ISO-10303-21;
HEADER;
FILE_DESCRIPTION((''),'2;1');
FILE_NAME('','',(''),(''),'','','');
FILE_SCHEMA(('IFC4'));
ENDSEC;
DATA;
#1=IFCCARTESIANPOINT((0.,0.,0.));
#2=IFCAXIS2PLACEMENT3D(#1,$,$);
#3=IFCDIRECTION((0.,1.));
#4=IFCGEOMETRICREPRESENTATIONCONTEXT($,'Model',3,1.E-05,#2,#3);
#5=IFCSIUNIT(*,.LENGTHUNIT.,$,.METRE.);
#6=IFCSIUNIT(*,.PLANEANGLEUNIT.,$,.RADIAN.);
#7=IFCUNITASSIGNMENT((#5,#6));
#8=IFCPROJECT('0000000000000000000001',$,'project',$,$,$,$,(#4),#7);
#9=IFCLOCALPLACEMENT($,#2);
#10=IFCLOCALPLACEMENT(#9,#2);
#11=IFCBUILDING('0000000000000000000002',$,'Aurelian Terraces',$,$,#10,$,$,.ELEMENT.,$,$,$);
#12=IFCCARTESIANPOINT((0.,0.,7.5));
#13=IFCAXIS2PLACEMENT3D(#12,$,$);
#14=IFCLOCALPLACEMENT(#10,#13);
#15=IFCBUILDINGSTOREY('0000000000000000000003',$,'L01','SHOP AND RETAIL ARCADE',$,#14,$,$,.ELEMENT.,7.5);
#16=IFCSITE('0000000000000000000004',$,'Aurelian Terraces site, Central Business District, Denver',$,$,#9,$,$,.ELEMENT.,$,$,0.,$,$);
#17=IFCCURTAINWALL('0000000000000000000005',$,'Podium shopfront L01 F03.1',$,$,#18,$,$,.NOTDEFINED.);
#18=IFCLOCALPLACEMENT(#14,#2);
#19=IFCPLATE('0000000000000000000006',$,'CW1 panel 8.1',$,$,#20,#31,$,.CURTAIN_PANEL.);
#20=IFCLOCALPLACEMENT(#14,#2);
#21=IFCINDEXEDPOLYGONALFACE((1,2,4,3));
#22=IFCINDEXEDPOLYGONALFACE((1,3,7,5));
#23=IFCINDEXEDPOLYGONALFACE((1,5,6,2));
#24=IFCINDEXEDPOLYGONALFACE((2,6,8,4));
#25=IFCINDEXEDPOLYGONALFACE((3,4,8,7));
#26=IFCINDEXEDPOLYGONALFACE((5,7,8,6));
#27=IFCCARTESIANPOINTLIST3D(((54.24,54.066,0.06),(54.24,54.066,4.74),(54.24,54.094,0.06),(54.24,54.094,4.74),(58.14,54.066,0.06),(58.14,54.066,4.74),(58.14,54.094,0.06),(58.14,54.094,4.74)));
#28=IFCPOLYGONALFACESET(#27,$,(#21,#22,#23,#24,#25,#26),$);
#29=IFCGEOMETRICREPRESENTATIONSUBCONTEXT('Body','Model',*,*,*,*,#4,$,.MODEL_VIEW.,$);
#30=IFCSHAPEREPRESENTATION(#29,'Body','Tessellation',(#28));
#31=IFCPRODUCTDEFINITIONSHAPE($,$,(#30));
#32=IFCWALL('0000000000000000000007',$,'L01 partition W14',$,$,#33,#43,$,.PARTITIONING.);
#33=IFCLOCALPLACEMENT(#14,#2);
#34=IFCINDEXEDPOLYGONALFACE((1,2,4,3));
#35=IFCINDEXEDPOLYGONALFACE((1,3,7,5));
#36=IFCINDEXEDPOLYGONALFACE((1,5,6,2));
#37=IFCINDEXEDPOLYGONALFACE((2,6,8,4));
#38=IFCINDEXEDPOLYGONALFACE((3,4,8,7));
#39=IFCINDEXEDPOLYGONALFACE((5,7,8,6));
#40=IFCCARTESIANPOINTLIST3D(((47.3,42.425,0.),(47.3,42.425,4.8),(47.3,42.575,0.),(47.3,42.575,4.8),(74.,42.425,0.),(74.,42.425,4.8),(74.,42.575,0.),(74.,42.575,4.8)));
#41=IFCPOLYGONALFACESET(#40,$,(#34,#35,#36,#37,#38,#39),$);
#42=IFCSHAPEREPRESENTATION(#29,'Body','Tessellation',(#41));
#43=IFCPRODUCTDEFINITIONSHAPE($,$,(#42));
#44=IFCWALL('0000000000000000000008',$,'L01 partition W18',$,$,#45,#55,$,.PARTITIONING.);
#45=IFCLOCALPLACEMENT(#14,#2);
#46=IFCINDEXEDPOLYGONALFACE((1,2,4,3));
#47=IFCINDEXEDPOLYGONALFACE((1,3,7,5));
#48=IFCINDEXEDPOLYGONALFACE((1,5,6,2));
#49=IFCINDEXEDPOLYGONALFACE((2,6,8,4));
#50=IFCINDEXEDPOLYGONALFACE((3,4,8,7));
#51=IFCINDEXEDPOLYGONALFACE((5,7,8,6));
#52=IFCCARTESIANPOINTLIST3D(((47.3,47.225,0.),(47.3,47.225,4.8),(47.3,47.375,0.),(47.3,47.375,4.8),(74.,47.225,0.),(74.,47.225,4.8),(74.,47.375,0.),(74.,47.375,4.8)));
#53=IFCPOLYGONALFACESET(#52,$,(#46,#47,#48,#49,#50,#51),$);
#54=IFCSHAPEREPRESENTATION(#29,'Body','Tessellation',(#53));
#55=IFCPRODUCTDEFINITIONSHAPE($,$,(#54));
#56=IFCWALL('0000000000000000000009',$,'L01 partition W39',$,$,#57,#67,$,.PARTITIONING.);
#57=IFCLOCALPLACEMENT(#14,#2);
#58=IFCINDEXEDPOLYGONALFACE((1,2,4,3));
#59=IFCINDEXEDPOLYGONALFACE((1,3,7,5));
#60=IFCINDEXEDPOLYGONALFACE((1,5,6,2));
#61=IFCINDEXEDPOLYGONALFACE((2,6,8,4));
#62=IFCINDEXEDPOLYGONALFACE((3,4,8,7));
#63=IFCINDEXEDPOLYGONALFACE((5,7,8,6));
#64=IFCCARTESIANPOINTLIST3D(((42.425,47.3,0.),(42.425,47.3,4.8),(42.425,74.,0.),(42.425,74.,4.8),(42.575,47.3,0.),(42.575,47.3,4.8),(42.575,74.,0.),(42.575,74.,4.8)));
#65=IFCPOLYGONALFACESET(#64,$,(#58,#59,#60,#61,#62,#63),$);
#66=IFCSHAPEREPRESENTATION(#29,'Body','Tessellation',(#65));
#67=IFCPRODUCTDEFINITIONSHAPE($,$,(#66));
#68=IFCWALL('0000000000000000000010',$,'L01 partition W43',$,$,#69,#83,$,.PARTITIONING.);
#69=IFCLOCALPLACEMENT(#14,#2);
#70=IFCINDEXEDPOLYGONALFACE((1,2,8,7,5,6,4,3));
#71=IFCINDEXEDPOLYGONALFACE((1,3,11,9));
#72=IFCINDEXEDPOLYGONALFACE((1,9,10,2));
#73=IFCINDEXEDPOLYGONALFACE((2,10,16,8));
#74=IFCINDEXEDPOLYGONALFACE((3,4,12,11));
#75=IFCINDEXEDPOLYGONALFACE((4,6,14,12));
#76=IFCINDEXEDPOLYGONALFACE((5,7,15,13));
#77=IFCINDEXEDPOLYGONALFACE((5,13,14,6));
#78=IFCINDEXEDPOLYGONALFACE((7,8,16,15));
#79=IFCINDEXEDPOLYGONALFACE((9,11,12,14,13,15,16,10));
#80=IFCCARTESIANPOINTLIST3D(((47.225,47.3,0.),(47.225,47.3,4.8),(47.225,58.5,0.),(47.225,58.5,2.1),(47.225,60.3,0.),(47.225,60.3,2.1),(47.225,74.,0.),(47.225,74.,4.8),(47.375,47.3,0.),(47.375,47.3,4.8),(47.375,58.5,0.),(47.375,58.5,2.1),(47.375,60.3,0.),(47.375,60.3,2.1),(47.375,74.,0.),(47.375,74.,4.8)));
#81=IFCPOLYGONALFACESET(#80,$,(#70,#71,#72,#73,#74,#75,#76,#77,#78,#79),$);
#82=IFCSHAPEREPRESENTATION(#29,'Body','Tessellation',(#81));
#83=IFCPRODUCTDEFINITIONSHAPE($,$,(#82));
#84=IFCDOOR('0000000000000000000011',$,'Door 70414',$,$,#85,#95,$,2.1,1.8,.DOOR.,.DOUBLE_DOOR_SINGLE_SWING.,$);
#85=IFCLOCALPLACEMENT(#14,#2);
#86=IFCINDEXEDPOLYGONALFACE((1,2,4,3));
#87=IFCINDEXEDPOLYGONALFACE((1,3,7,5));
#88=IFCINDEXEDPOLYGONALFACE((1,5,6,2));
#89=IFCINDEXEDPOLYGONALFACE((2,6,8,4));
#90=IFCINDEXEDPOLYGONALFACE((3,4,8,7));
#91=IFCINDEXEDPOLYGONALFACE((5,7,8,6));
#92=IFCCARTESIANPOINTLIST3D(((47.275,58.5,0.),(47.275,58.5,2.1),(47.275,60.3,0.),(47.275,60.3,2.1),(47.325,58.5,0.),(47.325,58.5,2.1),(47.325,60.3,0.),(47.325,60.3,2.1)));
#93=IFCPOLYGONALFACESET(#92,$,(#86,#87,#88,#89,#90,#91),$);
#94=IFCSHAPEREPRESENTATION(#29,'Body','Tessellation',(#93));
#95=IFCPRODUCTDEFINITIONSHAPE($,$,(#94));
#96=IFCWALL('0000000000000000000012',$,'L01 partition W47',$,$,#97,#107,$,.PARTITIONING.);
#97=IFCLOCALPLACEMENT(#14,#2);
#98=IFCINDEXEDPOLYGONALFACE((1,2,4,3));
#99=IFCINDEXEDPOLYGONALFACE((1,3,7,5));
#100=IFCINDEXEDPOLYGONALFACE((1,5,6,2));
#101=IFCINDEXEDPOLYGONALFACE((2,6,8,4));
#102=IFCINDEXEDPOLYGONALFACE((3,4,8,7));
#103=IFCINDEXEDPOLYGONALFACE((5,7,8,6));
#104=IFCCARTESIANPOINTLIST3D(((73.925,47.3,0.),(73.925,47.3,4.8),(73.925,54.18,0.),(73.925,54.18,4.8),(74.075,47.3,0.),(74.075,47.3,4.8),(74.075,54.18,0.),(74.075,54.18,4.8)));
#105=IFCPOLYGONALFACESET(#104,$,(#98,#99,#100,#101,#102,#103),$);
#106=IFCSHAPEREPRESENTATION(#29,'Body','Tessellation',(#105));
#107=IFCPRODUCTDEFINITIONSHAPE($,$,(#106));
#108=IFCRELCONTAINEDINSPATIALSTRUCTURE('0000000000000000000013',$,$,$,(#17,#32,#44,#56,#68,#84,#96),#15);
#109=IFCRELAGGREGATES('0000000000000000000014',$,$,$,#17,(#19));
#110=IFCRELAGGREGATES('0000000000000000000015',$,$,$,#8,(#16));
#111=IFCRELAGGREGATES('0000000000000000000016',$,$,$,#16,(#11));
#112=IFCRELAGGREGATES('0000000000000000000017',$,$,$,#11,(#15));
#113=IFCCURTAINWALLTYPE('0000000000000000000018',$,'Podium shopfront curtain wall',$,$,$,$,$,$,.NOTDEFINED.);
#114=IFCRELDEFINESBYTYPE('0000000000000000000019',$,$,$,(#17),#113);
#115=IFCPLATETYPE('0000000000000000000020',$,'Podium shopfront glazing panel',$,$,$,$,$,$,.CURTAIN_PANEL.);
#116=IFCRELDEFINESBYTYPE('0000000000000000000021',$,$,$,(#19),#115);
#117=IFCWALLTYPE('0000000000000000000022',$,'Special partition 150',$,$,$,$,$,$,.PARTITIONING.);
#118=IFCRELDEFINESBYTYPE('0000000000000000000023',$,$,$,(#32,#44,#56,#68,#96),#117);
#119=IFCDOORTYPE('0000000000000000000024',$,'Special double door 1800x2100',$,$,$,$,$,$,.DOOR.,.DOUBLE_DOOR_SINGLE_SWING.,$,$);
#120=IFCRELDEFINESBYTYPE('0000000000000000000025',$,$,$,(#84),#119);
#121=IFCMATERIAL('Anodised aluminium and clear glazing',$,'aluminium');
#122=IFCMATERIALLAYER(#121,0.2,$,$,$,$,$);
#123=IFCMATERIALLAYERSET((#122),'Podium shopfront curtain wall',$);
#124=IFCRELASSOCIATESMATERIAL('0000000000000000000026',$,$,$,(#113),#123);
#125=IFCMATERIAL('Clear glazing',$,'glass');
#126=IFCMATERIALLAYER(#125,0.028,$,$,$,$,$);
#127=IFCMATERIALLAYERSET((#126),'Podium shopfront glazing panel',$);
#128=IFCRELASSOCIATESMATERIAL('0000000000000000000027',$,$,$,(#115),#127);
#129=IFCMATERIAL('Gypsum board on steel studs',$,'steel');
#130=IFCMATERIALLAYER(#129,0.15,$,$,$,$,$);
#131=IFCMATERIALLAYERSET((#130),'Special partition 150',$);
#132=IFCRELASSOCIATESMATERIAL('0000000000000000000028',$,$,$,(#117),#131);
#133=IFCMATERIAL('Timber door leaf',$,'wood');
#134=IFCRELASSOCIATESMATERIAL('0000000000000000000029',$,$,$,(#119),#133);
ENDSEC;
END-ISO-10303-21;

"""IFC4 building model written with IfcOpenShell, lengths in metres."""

from ifc_helpers import new_model, si_unit, direction, frame, frame_2d, origin, origin_2d, place, context, subcontext, project, spatial, rectangle, extrude, source, transform, mapped, material, layer, layer_set, type_object, element, fill, aggregate, save


model = new_model("IFC4")

# Units and contexts
model_context = context("Model", 3, precision=1e-05, world=origin(), true_north=direction((0.0, 1.0)))
body_context = subcontext(model_context, "Body", "Model", "MODEL_VIEW")
ifc_project = project(units=[si_unit("LENGTHUNIT", "METRE"), si_unit("PLANEANGLEUNIT", "RADIAN")], contexts=[model_context])

# Site, building, storey
site_placement = place(None, origin())
site = spatial("IfcSite", under=ifc_project, at=site_placement, Name="Aurelian Terraces site, Central Business District, Denver", CompositionType="ELEMENT", RefElevation=0.0)
building_placement = place(site_placement, origin())
building = spatial("IfcBuilding", under=site, at=building_placement, Name="Aurelian Terraces", CompositionType="ELEMENT")
storey_placement = place(building_placement, frame((0.0, 0.0, 7.5)))
storey = spatial("IfcBuildingStorey", under=building, at=storey_placement, Name="L01", Description="SHOP AND RETAIL ARCADE", CompositionType="ELEMENT", Elevation=7.5)

# Curtain wall, plate
ifc_material_1 = material(Name="Anodised aluminium and clear glazing", Category="aluminium")
ifc_layer_1 = layer(ifc_material_1, 0.2)
ifc_layer_set_1 = layer_set([ifc_layer_1], Name="Podium shopfront curtain wall")
curtain_wall_type = type_object("IfcCurtainWallType", Name="Podium shopfront curtain wall", PredefinedType="NOTDEFINED", material=ifc_layer_set_1)
curtain_wall_placement = place(storey_placement, origin())
curtain_wall = element("IfcCurtainWall", 1, at=curtain_wall_placement, inside=storey, type_object=curtain_wall_type, Name="Podium shopfront L01 F03.1", PredefinedType="NOTDEFINED")
ifc_material_2 = material(Name="Clear glazing", Category="glass")
ifc_layer_2 = layer(ifc_material_2, 0.028)
ifc_layer_set_2 = layer_set([ifc_layer_2], Name="Podium shopfront glazing panel")
plate_type = type_object("IfcPlateType", Name="Podium shopfront glazing panel", PredefinedType="CURTAIN_PANEL", material=ifc_layer_set_2)
shared_shape_1 = source(origin(), body_context, "Body", "SweptSolid", [
    extrude(rectangle(XDim=3.9, YDim=0.028, at=origin_2d()), origin(), (0.0, 0.0, 1.0), 4.68),
])
plate_1_placement = place(storey_placement, frame((56.19, 54.08, 0.06), z_axis=(0.0, 0.0, 1.0), x_axis=(-1.0, 0.0, 0.0)))
plate_1 = element("IfcPlate", 2, at=plate_1_placement, type_object=plate_type, Name="CW1 panel 8.1", PredefinedType="CURTAIN_PANEL", context=body_context, shape_type="MappedRepresentation", body=[
    mapped(shared_shape_1, transform((0.0, 0.0, 0.0), scale=1.0)),
])
aggregate(curtain_wall, [plate_1])

# Walls
ifc_material_3 = material(Name="Gypsum board on steel studs", Category="steel")
ifc_layer_3 = layer(ifc_material_3, 0.15)
ifc_layer_set_3 = layer_set([ifc_layer_3], Name="Special partition 150")
wall_type = type_object("IfcWallType", Name="Special partition 150", PredefinedType="PARTITIONING", material=ifc_layer_set_3)
shared_shape_2 = source(origin(), body_context, "Body", "SweptSolid", [
    extrude(rectangle(XDim=26.7, YDim=0.15, at=frame_2d((13.35, 0.0))), origin(), (0.0, 0.0, 1.0), 4.8),
])
for number, where, z_axis, x_axis, name in (
    (3, (47.3, 42.5, 0.0), (0.0, 0.0, 1.0), (1.0, 0.0, 0.0), "L01 partition W14"),
    (4, (47.3, 47.3, 0.0), (0.0, 0.0, 1.0), (1.0, 0.0, 0.0), "L01 partition W18"),
    (5, (42.5, 47.3, 0.0), (0.0, 0.0, 1.0), (0.0, 1.0, 0.0), "L01 partition W39"),
):
    element("IfcWall", number, at=place(storey_placement, frame(where, z_axis=z_axis, x_axis=x_axis)), inside=storey, type_object=wall_type, Name=name, PredefinedType="PARTITIONING", context=body_context, shape_type="MappedRepresentation", body=[
        mapped(shared_shape_2, transform((0.0, 0.0, 0.0), scale=1.0)),
    ])

# Wall, opening, door
wall_1_placement = place(storey_placement, frame((47.3, 47.3, 0.0), z_axis=(0.0, 0.0, 1.0), x_axis=(0.0, 1.0, 0.0)))
wall_1 = element("IfcWall", 6, at=wall_1_placement, inside=storey, type_object=wall_type, Name="L01 partition W43", PredefinedType="PARTITIONING", context=body_context, shape_type="MappedRepresentation", body=[
    mapped(shared_shape_2, transform((0.0, 0.0, 0.0), scale=1.0)),
])
shared_shape_3 = source(origin(), body_context, "Body", "SweptSolid", [
    extrude(rectangle(XDim=1.8, YDim=2.1, at=frame_2d((0.9, 1.05))), frame((0.0, 0.085, 0.0), z_axis=(0.0, -1.0, 0.0), x_axis=(1.0, 0.0, 0.0)), (0.0, 0.0, 1.0), 0.17),
])
opening_placement = place(wall_1_placement, frame((11.2, 0.0, 0.0)))
opening = element("IfcOpeningElement", 7, at=opening_placement, cuts=wall_1, PredefinedType="OPENING", context=body_context, shape_type="MappedRepresentation", body=[
    mapped(shared_shape_3, transform((0.0, 0.0, 0.0), scale=1.0)),
])
ifc_material_4 = material(Name="Timber door leaf", Category="wood")
door_type = type_object("IfcDoorType", Name="Special double door 1800x2100", OperationType="DOUBLE_DOOR_SINGLE_SWING", PredefinedType="DOOR", material=ifc_material_4)
shared_shape_4 = source(origin(), body_context, "Body", "SweptSolid", [
    extrude(rectangle(XDim=1.8, YDim=2.1, at=frame_2d((0.9, 1.05))), frame((0.0, 0.025, 0.0), z_axis=(0.0, -1.0, 0.0), x_axis=(1.0, 0.0, 0.0)), (0.0, 0.0, 1.0), 0.05),
])
door_placement = place(opening_placement, origin())
door = element("IfcDoor", 8, at=door_placement, inside=storey, type_object=door_type, Name="Door 70414", OperationType="DOUBLE_DOOR_SINGLE_SWING", OverallHeight=2.1, OverallWidth=1.8, PredefinedType="DOOR", context=body_context, shape_type="MappedRepresentation", body=[
    mapped(shared_shape_4, transform((0.0, 0.0, 0.0), scale=1.0)),
])
fill(opening, door)

# Wall
shared_shape_5 = source(origin(), body_context, "Body", "SweptSolid", [
    extrude(rectangle(XDim=6.88, YDim=0.15, at=frame_2d((3.44, 0.0))), origin(), (0.0, 0.0, 1.0), 4.8),
])
wall_2_placement = place(storey_placement, frame((74.0, 47.3, 0.0), z_axis=(0.0, 0.0, 1.0), x_axis=(0.0, 1.0, 0.0)))
element("IfcWall", 9, at=wall_2_placement, inside=storey, type_object=wall_type, Name="L01 partition W47", PredefinedType="PARTITIONING", context=body_context, shape_type="MappedRepresentation", body=[
    mapped(shared_shape_5, transform((0.0, 0.0, 0.0), scale=1.0)),
])

save(model, "model.ifc")
